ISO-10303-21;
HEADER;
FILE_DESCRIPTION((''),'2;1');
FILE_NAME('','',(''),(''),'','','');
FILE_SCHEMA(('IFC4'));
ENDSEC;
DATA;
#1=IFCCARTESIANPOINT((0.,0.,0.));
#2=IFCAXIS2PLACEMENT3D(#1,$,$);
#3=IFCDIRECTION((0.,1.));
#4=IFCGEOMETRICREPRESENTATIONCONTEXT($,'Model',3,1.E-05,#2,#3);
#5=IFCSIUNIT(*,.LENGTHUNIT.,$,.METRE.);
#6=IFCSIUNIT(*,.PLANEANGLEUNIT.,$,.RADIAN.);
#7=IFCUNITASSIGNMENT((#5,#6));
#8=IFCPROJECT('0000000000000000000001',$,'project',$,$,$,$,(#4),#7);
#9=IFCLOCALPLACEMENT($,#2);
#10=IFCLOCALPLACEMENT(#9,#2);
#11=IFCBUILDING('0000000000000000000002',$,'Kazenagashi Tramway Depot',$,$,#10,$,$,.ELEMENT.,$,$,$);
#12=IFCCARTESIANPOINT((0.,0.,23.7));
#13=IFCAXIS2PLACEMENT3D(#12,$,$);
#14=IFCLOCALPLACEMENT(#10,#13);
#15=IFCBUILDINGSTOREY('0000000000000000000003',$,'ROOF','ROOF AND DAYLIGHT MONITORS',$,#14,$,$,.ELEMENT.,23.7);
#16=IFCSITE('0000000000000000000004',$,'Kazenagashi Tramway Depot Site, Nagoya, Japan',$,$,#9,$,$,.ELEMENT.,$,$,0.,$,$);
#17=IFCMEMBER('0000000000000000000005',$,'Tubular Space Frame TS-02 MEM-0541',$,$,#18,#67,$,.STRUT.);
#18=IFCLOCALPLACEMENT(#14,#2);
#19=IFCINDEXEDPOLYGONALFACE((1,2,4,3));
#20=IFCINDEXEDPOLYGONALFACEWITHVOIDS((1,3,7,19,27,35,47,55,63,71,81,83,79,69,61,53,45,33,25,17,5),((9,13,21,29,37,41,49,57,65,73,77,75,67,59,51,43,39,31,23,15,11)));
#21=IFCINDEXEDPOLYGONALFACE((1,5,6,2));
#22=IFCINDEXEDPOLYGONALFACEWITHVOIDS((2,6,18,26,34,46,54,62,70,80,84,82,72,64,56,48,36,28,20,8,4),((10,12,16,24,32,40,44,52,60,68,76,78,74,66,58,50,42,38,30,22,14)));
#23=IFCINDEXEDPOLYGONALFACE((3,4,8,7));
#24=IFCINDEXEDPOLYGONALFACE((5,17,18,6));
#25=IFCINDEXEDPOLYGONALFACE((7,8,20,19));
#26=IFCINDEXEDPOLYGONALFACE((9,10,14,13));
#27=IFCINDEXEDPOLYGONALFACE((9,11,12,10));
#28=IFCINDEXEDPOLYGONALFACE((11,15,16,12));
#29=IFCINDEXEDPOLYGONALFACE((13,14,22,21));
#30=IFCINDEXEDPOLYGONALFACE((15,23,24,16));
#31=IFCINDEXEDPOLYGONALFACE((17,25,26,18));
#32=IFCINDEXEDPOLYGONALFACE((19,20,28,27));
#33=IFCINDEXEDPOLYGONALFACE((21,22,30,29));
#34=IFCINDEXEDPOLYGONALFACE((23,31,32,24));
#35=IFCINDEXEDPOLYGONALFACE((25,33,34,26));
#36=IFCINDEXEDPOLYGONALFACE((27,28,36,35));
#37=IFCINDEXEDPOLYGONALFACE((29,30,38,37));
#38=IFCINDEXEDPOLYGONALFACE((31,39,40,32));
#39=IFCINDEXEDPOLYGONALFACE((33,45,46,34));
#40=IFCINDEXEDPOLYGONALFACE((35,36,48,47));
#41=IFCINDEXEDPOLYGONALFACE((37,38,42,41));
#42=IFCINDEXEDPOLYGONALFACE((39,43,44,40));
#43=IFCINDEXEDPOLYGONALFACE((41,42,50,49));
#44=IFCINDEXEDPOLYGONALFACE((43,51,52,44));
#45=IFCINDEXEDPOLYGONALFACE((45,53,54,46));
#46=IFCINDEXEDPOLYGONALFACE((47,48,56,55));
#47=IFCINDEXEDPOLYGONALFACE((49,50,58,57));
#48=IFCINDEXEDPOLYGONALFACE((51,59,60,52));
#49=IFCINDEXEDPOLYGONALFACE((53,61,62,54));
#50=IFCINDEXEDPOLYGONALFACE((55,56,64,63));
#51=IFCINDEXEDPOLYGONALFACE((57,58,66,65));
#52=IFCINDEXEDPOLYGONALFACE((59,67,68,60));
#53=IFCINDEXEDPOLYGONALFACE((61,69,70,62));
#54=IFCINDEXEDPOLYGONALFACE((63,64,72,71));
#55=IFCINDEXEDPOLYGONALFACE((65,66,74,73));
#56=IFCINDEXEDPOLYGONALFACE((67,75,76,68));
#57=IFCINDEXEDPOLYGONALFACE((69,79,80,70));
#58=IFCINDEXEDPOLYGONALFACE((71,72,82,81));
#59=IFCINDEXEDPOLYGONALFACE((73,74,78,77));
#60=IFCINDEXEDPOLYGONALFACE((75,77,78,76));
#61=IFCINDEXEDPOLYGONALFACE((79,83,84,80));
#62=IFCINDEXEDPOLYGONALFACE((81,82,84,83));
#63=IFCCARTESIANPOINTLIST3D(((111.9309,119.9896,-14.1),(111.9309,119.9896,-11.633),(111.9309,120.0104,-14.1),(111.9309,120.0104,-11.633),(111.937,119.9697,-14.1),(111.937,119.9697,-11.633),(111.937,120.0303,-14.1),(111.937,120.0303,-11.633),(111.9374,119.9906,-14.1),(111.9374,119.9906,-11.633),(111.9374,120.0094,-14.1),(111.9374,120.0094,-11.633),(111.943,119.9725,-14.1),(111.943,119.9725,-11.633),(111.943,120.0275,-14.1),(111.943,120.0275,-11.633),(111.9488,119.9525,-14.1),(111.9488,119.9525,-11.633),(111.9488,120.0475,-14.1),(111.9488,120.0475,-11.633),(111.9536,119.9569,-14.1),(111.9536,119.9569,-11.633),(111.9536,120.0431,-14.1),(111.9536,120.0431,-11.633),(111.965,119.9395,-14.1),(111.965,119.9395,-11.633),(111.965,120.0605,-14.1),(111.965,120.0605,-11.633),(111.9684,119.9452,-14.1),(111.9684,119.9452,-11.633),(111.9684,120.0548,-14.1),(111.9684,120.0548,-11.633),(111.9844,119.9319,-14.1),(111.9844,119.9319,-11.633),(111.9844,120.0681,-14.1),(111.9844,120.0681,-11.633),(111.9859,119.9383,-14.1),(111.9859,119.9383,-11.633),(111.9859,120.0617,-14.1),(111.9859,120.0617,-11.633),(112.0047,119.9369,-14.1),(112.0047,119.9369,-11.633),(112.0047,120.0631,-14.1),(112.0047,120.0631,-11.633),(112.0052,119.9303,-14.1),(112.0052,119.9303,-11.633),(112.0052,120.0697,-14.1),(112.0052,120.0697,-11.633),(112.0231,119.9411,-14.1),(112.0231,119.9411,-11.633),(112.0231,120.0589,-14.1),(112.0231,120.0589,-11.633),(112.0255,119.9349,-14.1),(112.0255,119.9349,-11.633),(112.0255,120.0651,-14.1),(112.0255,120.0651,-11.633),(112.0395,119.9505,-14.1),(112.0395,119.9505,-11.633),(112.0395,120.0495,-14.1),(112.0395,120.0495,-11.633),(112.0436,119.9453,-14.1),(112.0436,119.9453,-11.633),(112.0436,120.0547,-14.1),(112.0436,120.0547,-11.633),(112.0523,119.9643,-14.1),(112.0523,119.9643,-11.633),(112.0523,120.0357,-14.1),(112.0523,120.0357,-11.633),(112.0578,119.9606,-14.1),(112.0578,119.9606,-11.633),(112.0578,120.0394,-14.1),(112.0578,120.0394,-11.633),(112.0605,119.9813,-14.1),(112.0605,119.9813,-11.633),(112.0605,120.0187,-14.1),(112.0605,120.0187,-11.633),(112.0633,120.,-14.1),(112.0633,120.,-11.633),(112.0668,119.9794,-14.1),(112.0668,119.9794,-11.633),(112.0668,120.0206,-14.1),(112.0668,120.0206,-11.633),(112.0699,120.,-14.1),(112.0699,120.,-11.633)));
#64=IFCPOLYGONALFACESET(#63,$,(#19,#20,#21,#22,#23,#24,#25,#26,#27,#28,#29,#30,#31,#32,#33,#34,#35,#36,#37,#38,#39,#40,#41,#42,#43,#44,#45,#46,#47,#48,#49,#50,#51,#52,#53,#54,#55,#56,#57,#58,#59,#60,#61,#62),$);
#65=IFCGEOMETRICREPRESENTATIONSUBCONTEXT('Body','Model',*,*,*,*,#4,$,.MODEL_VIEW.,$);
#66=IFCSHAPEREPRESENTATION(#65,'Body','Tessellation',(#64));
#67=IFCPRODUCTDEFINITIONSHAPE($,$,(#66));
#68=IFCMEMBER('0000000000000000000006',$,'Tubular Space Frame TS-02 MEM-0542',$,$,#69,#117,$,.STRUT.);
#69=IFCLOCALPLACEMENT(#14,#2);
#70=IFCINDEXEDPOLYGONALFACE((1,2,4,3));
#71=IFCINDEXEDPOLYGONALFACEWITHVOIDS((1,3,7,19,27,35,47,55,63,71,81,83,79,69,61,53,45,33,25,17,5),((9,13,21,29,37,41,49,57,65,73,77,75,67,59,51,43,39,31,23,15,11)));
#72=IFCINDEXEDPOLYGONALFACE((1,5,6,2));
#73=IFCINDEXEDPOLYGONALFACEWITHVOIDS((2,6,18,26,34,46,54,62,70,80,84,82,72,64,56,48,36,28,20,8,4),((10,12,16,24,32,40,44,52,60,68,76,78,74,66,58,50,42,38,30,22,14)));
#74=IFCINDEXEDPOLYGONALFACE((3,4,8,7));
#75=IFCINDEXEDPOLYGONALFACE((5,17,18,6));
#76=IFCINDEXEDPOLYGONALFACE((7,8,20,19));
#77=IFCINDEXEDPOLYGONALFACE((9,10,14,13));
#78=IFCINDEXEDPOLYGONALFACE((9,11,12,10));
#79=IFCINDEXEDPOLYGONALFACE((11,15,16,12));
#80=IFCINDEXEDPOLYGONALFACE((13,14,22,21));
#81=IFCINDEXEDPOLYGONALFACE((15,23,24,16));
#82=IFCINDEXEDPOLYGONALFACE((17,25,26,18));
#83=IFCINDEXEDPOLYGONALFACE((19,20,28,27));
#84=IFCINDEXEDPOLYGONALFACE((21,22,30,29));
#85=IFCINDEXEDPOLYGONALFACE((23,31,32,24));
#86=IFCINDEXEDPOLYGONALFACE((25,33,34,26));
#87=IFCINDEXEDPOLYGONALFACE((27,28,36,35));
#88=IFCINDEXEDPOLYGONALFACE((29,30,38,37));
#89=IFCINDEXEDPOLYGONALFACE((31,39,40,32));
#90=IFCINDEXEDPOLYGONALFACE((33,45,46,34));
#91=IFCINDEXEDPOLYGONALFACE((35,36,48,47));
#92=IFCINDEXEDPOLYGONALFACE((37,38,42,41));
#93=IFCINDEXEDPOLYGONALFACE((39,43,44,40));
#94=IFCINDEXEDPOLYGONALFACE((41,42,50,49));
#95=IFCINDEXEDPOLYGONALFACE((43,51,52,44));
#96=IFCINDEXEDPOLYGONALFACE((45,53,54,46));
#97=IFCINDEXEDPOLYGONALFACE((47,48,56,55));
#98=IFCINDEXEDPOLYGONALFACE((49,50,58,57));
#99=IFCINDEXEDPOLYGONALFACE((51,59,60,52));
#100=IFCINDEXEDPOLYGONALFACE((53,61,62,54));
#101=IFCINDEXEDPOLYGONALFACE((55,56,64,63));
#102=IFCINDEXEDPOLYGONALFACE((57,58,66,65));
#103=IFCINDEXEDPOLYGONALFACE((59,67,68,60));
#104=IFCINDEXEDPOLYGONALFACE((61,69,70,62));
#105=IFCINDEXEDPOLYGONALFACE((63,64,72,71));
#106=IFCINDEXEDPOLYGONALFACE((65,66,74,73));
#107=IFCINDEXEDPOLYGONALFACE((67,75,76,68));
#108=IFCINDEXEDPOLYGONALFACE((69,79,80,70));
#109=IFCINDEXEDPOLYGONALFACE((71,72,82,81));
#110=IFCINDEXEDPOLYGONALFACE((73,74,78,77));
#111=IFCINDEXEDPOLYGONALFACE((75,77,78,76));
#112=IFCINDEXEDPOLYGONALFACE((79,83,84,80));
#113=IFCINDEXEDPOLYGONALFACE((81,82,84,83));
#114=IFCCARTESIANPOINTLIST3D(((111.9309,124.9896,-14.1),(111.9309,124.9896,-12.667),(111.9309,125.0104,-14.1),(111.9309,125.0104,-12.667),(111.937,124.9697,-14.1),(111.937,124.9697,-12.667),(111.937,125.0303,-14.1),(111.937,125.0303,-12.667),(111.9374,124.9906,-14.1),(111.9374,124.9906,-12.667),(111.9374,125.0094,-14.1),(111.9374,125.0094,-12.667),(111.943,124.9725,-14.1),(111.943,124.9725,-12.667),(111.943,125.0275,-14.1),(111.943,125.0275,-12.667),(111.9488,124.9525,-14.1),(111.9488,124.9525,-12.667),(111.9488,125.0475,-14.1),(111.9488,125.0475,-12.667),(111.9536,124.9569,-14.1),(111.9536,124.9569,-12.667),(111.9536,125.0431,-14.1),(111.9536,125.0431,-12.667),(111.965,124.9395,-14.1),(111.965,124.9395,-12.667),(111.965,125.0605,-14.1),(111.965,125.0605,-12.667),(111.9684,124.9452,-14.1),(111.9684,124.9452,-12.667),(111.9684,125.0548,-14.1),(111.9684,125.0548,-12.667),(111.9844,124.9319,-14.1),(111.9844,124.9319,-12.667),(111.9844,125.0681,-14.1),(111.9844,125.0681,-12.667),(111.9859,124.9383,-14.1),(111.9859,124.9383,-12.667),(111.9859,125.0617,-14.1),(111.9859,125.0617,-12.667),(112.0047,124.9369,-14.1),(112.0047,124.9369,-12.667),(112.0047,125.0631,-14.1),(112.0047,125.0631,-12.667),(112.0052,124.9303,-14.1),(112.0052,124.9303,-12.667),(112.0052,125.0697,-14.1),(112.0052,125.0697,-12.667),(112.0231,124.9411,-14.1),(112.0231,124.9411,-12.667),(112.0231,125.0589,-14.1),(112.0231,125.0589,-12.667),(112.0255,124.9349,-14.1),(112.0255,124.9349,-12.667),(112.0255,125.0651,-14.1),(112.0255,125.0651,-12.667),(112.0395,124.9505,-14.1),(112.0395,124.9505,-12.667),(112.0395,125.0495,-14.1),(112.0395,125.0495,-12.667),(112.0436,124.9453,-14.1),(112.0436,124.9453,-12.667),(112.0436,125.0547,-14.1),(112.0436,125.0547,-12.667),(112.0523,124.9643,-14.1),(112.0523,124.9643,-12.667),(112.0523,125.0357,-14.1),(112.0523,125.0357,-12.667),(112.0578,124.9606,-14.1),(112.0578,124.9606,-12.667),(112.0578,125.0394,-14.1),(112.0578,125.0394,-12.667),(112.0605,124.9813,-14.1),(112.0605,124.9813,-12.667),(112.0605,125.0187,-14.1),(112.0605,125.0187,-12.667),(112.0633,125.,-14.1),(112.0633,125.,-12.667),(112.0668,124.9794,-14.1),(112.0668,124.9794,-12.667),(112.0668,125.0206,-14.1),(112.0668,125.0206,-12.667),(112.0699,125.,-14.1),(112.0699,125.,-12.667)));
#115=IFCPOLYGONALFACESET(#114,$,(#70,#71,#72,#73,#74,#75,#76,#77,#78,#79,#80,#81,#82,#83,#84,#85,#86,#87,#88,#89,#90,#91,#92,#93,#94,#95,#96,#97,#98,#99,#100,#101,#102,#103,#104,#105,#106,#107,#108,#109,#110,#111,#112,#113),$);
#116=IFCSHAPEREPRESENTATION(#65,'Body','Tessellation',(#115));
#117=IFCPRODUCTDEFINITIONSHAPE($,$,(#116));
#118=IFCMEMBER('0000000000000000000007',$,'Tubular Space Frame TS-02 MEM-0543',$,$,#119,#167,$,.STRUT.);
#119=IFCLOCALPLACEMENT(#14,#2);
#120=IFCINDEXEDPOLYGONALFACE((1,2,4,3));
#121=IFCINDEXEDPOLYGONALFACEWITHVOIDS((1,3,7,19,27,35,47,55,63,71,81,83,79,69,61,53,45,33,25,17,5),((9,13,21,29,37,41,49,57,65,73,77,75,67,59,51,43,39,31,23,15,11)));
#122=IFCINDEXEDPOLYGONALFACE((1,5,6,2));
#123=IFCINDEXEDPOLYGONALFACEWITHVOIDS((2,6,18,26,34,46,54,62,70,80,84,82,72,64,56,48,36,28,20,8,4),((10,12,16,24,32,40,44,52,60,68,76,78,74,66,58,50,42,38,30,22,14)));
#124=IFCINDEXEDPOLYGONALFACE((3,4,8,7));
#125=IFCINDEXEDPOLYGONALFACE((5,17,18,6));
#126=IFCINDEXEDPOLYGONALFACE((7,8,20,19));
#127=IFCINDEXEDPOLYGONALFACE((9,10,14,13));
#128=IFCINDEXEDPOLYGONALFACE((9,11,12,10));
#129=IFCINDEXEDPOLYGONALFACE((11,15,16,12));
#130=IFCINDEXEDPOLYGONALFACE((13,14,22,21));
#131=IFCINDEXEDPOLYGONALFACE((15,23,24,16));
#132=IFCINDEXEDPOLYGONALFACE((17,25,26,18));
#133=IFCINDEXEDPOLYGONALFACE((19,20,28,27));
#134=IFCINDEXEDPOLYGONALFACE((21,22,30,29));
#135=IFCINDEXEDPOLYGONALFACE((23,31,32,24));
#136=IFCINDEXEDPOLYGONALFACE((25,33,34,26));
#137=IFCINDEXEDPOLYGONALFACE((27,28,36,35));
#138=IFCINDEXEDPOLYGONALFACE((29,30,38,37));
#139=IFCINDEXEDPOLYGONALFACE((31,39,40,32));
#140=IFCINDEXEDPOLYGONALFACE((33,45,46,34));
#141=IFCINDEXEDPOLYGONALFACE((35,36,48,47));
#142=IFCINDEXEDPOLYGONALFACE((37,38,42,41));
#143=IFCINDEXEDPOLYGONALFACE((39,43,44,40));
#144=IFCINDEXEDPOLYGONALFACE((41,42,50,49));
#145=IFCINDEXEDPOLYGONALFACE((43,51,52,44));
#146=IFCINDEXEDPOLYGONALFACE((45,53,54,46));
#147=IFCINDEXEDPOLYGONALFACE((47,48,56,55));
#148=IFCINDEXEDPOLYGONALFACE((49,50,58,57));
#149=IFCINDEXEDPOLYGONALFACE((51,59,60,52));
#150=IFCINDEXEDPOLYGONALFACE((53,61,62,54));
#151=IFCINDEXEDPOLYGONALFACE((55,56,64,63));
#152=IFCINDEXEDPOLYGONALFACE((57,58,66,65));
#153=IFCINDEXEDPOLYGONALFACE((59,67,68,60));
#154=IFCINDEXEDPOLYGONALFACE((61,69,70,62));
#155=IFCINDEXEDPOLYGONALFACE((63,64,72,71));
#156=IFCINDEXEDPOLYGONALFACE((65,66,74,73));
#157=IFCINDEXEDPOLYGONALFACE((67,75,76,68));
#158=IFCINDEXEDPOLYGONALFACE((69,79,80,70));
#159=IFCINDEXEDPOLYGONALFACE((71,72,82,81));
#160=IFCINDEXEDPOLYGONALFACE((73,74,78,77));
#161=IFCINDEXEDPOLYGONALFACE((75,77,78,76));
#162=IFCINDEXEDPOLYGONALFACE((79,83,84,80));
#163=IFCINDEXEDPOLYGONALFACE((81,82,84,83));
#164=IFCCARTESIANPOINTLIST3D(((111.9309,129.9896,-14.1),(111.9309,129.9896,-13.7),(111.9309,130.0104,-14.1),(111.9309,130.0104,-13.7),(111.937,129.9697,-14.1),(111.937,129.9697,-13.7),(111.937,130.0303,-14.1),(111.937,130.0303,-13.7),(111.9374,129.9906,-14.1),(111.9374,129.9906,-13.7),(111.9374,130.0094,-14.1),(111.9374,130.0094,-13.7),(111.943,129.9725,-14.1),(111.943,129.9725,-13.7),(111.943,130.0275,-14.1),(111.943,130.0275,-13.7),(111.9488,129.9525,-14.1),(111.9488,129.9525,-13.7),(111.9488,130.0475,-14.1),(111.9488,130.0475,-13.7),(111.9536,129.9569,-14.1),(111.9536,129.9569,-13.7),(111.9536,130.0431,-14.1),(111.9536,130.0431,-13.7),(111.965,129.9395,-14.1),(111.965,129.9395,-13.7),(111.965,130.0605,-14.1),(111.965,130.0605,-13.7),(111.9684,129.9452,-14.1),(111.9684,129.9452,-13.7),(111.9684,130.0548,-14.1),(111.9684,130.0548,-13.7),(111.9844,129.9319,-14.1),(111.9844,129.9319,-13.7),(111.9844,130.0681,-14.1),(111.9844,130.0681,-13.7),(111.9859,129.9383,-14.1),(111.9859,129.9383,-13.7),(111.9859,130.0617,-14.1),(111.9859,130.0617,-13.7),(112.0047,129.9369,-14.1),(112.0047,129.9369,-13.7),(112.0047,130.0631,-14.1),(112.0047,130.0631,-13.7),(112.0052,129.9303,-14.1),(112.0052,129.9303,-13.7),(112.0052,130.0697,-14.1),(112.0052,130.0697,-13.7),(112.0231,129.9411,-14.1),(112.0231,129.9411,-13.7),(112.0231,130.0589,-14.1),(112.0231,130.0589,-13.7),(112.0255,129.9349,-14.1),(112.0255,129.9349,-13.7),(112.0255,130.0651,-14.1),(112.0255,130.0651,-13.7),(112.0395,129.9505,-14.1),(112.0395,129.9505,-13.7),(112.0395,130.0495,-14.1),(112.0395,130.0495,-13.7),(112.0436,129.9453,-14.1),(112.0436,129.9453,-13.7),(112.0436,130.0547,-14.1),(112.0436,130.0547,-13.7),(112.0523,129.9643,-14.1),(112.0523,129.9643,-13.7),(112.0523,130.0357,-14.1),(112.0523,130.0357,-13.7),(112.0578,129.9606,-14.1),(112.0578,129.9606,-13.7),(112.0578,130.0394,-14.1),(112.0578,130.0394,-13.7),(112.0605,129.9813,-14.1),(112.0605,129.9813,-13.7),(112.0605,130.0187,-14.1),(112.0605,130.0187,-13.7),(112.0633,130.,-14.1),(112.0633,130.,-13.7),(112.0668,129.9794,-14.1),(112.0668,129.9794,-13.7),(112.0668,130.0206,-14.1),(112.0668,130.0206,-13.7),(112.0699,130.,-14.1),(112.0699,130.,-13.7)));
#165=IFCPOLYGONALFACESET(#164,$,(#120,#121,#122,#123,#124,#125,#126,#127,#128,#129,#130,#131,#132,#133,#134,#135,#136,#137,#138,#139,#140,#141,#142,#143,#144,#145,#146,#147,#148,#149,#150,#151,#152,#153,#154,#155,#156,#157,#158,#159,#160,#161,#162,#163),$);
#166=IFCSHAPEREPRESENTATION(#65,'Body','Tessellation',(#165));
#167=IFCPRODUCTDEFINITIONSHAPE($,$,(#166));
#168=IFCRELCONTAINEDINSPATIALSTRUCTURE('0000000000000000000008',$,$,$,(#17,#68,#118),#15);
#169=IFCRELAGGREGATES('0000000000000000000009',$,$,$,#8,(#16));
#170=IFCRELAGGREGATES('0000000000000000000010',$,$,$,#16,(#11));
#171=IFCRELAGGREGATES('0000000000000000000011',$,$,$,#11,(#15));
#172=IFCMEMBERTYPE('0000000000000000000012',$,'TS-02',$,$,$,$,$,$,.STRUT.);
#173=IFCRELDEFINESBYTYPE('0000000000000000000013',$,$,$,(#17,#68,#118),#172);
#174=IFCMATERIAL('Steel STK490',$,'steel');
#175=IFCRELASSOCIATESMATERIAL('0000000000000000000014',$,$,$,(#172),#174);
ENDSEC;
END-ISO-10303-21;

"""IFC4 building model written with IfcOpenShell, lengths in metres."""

from ifc_helpers import new_model, si_unit, direction, frame, origin, origin_2d, place, context, subcontext, project, spatial, hollow_circle, extrude, material, material_profile, profile_set, type_object, element, save


model = new_model("IFC4")

# Units and contexts
model_context = context("Model", 3, precision=1e-05, world=origin(), true_north=direction((0.0, 1.0)))
body_context = subcontext(model_context, "Body", "Model", "MODEL_VIEW")
ifc_project = project(units=[si_unit("LENGTHUNIT", "METRE"), si_unit("PLANEANGLEUNIT", "RADIAN")], contexts=[model_context])

# Site, building, storey
site_placement = place(None, origin())
site = spatial("IfcSite", under=ifc_project, at=site_placement, Name="Kazenagashi Tramway Depot Site, Nagoya, Japan", CompositionType="ELEMENT", RefElevation=0.0)
building_placement = place(site_placement, origin())
building = spatial("IfcBuilding", under=site, at=building_placement, Name="Kazenagashi Tramway Depot", CompositionType="ELEMENT")
storey_placement = place(building_placement, frame((0.0, 0.0, 23.7)))
storey = spatial("IfcBuildingStorey", under=building, at=storey_placement, Name="ROOF", Description="ROOF AND DAYLIGHT MONITORS", CompositionType="ELEMENT", Elevation=23.7)

# Members
ifc_material_1 = material(Name="Steel STK490", Category="steel")
ifc_material_profile_1 = material_profile(ifc_material_1, hollow_circle(Radius=0.0699, WallThickness=0.0066, at=origin_2d()), Name="CHS-139.8x6.6")
ifc_profile_set_1 = profile_set([ifc_material_profile_1], Name="Steel STK490")
member_type_1 = type_object("IfcMemberType", Name="TS-02", PredefinedType="STRUT", material=ifc_profile_set_1)
member_1_placement = place(storey_placement, frame((112.0, 120.0, -14.1), z_axis=(0.0, 0.0, 1.0), x_axis=(1.0, 0.0, 0.0)))
element("IfcMember", 1, at=member_1_placement, inside=storey, type_object=member_type_1, Name="Tubular Space Frame TS-02 MEM-0541", PredefinedType="STRUT", context=body_context, shape_type="SweptSolid", body=[
    extrude(hollow_circle(Radius=0.0699, WallThickness=0.0066, at=origin_2d()), origin(), (0.0, 0.0, 1.0), 2.467),
])
member_2_placement = place(storey_placement, frame((112.0, 125.0, -14.1), z_axis=(0.0, 0.0, 1.0), x_axis=(1.0, 0.0, 0.0)))
element("IfcMember", 2, at=member_2_placement, inside=storey, type_object=member_type_1, Name="Tubular Space Frame TS-02 MEM-0542", PredefinedType="STRUT", context=body_context, shape_type="SweptSolid", body=[
    extrude(hollow_circle(Radius=0.0699, WallThickness=0.0066, at=origin_2d()), origin(), (0.0, 0.0, 1.0), 1.433),
])
member_3_placement = place(storey_placement, frame((112.0, 130.0, -14.1), z_axis=(0.0, 0.0, 1.0), x_axis=(1.0, 0.0, 0.0)))
element("IfcMember", 3, at=member_3_placement, inside=storey, type_object=member_type_1, Name="Tubular Space Frame TS-02 MEM-0543", PredefinedType="STRUT", context=body_context, shape_type="SweptSolid", body=[
    extrude(hollow_circle(Radius=0.0699, WallThickness=0.0066, at=origin_2d()), origin(), (0.0, 0.0, 1.0), 0.4),
])

save(model, "model.ifc")
